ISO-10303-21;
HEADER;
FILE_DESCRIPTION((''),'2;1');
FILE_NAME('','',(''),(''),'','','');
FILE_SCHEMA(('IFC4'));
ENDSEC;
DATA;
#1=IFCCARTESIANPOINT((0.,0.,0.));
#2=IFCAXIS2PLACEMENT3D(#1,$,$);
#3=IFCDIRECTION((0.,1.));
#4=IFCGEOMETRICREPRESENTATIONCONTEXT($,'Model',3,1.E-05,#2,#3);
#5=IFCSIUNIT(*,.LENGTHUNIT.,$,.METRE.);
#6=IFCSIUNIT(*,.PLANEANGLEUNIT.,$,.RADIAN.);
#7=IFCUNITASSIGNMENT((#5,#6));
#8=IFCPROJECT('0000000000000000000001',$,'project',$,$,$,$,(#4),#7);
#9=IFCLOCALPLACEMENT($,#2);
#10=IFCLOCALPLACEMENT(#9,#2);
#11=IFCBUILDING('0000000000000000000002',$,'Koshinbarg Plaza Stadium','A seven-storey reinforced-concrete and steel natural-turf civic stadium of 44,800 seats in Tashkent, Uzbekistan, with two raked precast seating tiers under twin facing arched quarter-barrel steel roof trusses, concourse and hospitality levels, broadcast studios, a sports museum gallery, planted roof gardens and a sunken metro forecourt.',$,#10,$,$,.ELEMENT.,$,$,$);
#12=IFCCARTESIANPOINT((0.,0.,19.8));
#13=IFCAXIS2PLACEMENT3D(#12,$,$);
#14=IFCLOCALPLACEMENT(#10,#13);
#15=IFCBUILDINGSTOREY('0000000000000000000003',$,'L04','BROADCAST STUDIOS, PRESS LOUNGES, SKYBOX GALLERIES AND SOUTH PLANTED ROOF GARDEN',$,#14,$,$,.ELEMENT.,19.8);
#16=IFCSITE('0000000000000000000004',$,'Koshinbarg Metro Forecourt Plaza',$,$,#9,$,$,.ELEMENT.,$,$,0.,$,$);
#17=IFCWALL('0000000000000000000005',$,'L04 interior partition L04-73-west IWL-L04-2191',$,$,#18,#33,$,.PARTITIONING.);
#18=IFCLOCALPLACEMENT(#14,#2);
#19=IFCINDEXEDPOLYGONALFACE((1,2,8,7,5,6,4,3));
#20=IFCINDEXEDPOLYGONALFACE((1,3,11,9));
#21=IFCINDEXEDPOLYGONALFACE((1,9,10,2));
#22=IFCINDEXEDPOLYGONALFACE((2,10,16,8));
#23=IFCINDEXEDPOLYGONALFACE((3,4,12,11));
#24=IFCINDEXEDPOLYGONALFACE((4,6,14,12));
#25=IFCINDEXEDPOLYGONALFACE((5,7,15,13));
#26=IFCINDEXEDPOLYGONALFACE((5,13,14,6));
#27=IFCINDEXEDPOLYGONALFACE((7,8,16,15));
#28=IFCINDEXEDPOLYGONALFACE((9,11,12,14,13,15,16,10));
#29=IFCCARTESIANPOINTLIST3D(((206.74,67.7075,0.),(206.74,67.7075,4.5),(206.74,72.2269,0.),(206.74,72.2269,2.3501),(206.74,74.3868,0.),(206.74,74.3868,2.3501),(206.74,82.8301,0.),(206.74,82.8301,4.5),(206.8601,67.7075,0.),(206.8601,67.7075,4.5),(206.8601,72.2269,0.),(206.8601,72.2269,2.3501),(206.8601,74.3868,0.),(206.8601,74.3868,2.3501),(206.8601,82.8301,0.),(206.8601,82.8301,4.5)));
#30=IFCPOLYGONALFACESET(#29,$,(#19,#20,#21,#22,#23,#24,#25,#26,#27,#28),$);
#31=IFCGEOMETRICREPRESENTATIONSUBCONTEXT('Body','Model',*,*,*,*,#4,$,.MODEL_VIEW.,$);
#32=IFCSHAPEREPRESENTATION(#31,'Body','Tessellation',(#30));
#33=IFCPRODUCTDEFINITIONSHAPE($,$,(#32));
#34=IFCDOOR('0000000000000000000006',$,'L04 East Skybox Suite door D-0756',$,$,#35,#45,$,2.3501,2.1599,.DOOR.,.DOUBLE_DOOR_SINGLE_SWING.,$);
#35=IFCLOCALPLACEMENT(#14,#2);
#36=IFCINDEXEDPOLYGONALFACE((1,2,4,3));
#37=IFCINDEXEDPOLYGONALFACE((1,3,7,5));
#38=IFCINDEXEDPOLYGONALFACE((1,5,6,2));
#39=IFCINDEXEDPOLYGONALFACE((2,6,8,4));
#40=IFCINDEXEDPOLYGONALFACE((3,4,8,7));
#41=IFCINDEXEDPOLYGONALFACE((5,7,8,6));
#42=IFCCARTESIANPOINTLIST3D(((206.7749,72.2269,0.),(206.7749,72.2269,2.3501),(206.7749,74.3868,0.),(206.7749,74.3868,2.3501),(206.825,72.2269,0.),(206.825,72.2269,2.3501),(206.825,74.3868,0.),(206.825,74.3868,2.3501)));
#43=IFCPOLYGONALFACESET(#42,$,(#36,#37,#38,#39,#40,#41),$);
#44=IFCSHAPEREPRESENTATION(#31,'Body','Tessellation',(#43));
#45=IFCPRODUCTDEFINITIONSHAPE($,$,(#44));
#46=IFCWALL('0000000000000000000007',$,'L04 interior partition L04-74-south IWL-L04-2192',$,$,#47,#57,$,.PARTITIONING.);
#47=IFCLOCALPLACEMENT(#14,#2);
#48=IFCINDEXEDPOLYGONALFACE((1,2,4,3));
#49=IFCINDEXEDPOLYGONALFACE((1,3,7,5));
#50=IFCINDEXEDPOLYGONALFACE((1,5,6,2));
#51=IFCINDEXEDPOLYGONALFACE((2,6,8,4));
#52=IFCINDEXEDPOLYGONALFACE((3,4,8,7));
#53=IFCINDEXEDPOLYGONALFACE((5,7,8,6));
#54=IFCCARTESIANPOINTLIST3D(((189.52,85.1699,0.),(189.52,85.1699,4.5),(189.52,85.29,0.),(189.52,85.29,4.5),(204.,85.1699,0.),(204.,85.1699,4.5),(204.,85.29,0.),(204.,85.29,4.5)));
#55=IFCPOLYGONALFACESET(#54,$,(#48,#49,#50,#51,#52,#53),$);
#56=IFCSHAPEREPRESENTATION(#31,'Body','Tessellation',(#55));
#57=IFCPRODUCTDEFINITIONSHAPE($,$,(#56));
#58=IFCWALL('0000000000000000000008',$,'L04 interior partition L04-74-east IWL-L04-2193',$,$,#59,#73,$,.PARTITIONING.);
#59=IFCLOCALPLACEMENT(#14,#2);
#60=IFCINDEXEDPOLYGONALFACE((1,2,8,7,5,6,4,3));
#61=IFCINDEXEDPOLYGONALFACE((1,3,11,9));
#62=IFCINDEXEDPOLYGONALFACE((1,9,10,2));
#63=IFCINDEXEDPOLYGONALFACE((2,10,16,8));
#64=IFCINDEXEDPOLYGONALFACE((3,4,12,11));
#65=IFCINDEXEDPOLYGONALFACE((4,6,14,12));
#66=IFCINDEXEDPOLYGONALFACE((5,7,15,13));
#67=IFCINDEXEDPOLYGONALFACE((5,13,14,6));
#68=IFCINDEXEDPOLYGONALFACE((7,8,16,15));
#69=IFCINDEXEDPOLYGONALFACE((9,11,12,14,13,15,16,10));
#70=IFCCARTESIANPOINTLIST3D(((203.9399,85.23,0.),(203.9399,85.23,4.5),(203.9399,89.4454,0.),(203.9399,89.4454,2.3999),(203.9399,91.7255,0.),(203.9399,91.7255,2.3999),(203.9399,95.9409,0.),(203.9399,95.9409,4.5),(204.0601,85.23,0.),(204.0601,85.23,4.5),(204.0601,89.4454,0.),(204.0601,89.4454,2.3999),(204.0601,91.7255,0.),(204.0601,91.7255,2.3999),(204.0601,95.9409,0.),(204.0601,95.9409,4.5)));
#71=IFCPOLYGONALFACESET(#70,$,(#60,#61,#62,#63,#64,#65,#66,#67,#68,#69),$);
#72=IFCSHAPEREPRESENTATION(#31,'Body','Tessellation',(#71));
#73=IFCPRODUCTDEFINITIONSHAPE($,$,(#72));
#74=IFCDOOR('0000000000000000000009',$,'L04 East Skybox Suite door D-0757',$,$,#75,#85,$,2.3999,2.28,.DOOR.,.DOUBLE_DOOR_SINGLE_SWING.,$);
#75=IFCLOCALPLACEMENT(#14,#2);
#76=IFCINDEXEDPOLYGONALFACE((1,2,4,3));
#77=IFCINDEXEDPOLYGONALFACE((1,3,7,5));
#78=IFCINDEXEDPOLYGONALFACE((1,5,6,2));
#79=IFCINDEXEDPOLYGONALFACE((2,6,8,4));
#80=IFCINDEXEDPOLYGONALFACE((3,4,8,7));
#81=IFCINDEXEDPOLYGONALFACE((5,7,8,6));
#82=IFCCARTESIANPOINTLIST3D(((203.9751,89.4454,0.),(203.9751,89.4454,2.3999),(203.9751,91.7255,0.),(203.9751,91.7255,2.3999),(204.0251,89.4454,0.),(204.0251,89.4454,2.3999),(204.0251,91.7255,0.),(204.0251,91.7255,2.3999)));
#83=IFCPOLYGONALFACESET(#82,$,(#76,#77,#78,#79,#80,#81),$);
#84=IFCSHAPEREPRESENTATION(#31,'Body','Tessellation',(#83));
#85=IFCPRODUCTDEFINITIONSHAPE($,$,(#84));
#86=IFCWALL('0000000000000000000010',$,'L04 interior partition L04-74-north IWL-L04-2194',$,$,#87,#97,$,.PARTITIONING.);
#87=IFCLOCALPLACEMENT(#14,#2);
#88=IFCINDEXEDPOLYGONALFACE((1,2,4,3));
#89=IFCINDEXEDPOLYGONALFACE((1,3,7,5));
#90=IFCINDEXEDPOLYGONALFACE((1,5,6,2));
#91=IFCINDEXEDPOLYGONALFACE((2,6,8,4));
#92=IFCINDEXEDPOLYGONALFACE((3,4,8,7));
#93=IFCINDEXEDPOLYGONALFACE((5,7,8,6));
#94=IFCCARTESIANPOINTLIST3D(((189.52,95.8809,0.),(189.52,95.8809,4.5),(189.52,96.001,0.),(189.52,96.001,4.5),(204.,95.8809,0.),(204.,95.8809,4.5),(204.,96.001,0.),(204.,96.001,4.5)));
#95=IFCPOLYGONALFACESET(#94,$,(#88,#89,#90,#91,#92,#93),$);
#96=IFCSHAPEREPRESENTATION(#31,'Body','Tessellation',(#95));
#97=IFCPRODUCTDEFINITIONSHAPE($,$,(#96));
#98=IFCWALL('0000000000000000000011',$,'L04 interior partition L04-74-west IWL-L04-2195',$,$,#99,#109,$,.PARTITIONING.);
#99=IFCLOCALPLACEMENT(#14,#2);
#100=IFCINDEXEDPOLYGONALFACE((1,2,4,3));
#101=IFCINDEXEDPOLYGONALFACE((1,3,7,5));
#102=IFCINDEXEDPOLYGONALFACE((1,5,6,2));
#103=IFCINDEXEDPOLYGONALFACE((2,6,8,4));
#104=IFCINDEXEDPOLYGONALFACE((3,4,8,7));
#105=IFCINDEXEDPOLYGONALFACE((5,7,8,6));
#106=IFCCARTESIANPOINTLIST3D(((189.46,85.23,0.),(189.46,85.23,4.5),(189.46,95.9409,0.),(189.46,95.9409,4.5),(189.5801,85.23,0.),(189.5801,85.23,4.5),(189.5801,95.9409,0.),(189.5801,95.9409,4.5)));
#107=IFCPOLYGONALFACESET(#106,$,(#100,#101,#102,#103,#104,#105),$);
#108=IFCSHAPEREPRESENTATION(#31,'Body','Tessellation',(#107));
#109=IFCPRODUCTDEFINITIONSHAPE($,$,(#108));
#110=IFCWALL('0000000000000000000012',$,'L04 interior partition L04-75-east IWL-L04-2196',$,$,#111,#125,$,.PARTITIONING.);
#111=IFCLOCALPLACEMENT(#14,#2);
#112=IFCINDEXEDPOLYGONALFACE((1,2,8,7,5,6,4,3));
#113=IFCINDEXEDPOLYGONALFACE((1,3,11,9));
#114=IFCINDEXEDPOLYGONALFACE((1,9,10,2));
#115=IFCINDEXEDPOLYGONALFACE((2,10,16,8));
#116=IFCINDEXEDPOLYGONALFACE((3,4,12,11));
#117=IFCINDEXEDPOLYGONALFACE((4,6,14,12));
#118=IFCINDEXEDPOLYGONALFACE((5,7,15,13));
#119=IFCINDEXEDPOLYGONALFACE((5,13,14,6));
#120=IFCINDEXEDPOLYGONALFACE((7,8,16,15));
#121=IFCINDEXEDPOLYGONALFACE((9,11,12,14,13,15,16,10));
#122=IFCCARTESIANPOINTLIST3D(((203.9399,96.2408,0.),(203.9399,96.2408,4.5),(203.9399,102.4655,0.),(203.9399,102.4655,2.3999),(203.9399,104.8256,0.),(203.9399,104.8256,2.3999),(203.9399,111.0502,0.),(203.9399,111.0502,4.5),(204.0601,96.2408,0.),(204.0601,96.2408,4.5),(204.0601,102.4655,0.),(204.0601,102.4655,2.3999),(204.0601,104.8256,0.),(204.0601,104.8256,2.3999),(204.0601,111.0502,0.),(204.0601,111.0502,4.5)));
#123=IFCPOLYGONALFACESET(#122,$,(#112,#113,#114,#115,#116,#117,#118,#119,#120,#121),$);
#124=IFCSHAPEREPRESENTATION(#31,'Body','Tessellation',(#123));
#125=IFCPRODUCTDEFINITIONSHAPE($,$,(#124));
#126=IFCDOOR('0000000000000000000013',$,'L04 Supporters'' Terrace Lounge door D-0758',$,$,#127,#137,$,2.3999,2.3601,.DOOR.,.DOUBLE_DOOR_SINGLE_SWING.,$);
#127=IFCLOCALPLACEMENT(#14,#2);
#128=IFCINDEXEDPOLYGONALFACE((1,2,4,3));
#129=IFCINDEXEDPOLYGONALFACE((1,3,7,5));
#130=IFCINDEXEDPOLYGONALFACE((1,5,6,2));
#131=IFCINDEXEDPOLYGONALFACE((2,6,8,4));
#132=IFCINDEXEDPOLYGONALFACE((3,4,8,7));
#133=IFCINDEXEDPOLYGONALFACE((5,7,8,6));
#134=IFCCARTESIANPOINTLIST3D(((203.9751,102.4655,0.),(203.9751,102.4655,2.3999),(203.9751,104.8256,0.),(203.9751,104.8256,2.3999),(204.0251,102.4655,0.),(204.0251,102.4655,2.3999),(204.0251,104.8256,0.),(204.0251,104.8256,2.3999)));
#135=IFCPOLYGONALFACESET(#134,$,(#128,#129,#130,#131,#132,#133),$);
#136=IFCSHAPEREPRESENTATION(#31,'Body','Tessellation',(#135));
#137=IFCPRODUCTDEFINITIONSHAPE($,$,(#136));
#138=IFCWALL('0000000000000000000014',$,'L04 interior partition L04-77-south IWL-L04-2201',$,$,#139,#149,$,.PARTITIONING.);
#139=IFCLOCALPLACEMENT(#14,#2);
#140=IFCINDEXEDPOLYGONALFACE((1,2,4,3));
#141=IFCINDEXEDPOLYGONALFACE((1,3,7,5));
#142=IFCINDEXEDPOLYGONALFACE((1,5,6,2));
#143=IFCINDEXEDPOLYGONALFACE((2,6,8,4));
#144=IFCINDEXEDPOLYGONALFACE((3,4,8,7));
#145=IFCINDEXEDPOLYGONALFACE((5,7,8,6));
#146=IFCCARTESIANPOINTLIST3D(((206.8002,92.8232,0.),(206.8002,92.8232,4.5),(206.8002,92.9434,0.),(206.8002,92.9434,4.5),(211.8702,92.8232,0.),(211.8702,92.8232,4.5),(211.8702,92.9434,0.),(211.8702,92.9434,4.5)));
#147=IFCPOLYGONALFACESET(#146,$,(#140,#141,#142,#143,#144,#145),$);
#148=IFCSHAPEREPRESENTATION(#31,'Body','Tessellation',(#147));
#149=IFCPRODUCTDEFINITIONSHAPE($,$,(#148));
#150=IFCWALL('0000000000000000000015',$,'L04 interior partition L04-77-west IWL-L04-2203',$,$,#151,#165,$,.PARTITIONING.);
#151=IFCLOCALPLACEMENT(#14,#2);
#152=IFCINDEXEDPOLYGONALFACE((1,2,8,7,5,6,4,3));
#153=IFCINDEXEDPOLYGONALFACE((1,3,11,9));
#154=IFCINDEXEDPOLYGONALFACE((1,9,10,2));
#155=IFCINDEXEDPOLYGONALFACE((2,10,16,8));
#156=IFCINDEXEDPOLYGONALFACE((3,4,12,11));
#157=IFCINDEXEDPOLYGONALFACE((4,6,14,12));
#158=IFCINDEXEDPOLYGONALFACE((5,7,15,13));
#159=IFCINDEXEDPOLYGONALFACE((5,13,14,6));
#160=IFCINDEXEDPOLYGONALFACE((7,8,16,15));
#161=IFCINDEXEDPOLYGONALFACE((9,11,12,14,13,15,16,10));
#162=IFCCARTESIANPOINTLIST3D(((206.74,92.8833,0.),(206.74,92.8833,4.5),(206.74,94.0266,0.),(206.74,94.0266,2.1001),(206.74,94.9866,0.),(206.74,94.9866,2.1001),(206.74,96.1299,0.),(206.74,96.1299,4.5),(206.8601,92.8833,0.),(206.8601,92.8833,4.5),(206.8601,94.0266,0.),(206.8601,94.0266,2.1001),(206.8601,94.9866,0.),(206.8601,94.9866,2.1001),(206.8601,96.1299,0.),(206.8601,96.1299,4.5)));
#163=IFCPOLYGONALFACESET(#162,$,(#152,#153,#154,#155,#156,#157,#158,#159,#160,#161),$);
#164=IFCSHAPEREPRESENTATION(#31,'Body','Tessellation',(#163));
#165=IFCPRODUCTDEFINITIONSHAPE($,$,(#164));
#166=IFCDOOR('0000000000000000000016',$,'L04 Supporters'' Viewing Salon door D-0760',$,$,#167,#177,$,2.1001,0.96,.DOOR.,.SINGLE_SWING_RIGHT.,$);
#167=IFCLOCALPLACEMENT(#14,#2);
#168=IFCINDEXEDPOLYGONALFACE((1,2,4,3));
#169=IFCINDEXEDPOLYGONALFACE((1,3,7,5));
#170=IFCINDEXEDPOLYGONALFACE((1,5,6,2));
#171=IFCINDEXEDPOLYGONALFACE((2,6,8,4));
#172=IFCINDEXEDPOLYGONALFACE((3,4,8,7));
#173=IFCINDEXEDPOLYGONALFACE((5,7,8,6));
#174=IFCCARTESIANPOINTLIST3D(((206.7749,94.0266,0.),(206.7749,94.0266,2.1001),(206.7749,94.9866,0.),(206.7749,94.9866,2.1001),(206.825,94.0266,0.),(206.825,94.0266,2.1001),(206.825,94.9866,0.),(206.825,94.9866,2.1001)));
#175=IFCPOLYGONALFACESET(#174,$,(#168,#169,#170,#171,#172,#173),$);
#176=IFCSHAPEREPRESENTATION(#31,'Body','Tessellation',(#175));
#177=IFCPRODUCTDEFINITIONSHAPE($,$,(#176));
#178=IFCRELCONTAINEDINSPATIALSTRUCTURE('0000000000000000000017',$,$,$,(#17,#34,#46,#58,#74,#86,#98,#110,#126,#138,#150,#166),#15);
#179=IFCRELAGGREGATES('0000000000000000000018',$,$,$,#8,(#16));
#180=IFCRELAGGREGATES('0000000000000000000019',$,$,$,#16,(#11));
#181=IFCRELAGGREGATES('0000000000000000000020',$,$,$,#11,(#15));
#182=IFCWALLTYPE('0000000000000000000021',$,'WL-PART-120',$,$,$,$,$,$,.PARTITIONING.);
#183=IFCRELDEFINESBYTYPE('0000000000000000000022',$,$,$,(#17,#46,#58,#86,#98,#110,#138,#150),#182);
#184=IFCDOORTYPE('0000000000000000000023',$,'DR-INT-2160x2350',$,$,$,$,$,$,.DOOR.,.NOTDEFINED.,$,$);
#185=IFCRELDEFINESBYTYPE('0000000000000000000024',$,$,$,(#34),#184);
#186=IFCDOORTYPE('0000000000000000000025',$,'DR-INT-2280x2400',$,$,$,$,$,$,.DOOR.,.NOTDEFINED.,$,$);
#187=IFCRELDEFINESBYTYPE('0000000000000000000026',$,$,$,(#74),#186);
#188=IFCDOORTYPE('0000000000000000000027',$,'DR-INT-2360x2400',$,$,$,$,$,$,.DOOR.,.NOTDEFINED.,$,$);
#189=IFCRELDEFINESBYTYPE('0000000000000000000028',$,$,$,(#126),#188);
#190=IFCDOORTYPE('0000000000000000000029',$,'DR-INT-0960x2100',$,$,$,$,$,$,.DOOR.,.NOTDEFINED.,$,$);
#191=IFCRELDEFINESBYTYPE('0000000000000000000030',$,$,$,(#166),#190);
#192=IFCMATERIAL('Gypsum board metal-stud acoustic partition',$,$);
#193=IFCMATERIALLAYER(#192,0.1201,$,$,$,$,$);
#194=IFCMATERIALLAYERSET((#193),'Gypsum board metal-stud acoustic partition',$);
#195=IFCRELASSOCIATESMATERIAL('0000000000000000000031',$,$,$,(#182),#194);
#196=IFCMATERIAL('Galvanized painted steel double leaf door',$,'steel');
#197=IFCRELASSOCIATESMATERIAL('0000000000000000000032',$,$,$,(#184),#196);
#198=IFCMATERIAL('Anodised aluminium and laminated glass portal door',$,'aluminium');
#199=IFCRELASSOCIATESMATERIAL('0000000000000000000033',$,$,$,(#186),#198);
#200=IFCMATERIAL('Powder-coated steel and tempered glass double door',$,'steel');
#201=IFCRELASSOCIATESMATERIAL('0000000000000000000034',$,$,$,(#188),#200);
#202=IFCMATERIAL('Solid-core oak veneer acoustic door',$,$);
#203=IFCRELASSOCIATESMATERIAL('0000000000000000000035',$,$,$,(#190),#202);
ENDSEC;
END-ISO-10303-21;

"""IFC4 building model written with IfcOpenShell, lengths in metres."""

from ifc_helpers import new_model, si_unit, direction, frame, frame_2d, origin, place, context, subcontext, project, spatial, rectangle, extrude, material, layer, layer_set, type_object, element, fill, save


model = new_model("IFC4")

# Units and contexts
model_context = context("Model", 3, precision=1e-05, world=origin(), true_north=direction((0.0, 1.0)))
body_context = subcontext(model_context, "Body", "Model", "MODEL_VIEW")
ifc_project = project(units=[si_unit("LENGTHUNIT", "METRE"), si_unit("PLANEANGLEUNIT", "RADIAN")], contexts=[model_context])

# Site, building, storey
site_placement = place(None, origin())
site = spatial("IfcSite", under=ifc_project, at=site_placement, Name="Koshinbarg Metro Forecourt Plaza", CompositionType="ELEMENT", RefElevation=0.0)
building_placement = place(site_placement, origin())
building = spatial("IfcBuilding", under=site, at=building_placement, Name="Koshinbarg Plaza Stadium", Description="A seven-storey reinforced-concrete and steel natural-turf civic stadium of 44,800 seats in Tashkent, Uzbekistan, with two raked precast seating tiers under twin facing arched quarter-barrel steel roof trusses, concourse and hospitality levels, broadcast studios, a sports museum gallery, planted roof gardens and a sunken metro forecourt.", CompositionType="ELEMENT")
storey_placement = place(building_placement, frame((0.0, 0.0, 19.8)))
storey = spatial("IfcBuildingStorey", under=building, at=storey_placement, Name="L04", Description="BROADCAST STUDIOS, PRESS LOUNGES, SKYBOX GALLERIES AND SOUTH PLANTED ROOF GARDEN", CompositionType="ELEMENT", Elevation=19.8)

# Shared definitions
ifc_material_1 = material(Name="Gypsum board metal-stud acoustic partition")
ifc_layer = layer(ifc_material_1, 0.1201)
ifc_layer_set = layer_set([ifc_layer], Name="Gypsum board metal-stud acoustic partition")
wall_type = type_object("IfcWallType", Name="WL-PART-120", PredefinedType="PARTITIONING", material=ifc_layer_set)

# Wall, opening, door
wall_1_placement = place(storey_placement, frame((206.8, 82.8301, 0.0), z_axis=(0.0, 0.0, 1.0), x_axis=(0.0, -1.0, 0.0)))
wall_1 = element("IfcWall", 1, at=wall_1_placement, inside=storey, type_object=wall_type, Name="L04 interior partition L04-73-west IWL-L04-2191", PredefinedType="PARTITIONING", context=body_context, shape_type="SweptSolid", body=[
    extrude(rectangle(XDim=15.1226, YDim=0.1201, at=frame_2d((7.5613, 0.0))), origin(), (0.0, 0.0, 1.0), 4.5),
])
opening_1_placement = place(wall_1_placement, frame((8.4431, 0.0, 0.0)))
opening_1 = element("IfcOpeningElement", 2, at=opening_1_placement, cuts=wall_1, PredefinedType="OPENING", context=body_context, shape_type="SweptSolid", body=[
    extrude(rectangle(XDim=2.1599, YDim=2.3501, at=frame_2d((1.0801, 1.175))), frame((0.0, 0.0701, 0.0), z_axis=(0.0, -1.0, 0.0), x_axis=(1.0, 0.0, 0.0)), (0.0, 0.0, 1.0), 0.1401),
])
ifc_material_2 = material(Name="Galvanized painted steel double leaf door", Category="steel")
door_type_1 = type_object("IfcDoorType", Name="DR-INT-2160x2350", OperationType="NOTDEFINED", PredefinedType="DOOR", material=ifc_material_2)
door_1_placement = place(opening_1_placement, origin())
door_1 = element("IfcDoor", 3, at=door_1_placement, inside=storey, type_object=door_type_1, Name="L04 East Skybox Suite door D-0756", OperationType="DOUBLE_DOOR_SINGLE_SWING", OverallHeight=2.3501, OverallWidth=2.1599, PredefinedType="DOOR", context=body_context, shape_type="SweptSolid", body=[
    extrude(rectangle(XDim=2.1599, YDim=2.3501, at=frame_2d((1.0801, 1.175))), frame((0.0, 0.0249, 0.0), z_axis=(0.0, -1.0, 0.0), x_axis=(1.0, 0.0, 0.0)), (0.0, 0.0, 1.0), 0.05),
])
fill(opening_1, door_1)

# Wall
wall_2_placement = place(storey_placement, frame((189.52, 85.23, 0.0), z_axis=(0.0, 0.0, 1.0), x_axis=(1.0, 0.0, 0.0)))
element("IfcWall", 4, at=wall_2_placement, inside=storey, type_object=wall_type, Name="L04 interior partition L04-74-south IWL-L04-2192", PredefinedType="PARTITIONING", context=body_context, shape_type="SweptSolid", body=[
    extrude(rectangle(XDim=14.48, YDim=0.1201, at=frame_2d((7.24, 0.0))), origin(), (0.0, 0.0, 1.0), 4.5),
])

# Wall, opening, door
wall_3_placement = place(storey_placement, frame((204.0, 85.23, 0.0), z_axis=(0.0, 0.0, 1.0), x_axis=(0.0, 1.0, 0.0)))
wall_3 = element("IfcWall", 5, at=wall_3_placement, inside=storey, type_object=wall_type, Name="L04 interior partition L04-74-east IWL-L04-2193", PredefinedType="PARTITIONING", context=body_context, shape_type="SweptSolid", body=[
    extrude(rectangle(XDim=10.7109, YDim=0.1201, at=frame_2d((5.3555, 0.0))), origin(), (0.0, 0.0, 1.0), 4.5),
])
opening_2_placement = place(wall_3_placement, frame((4.2153, 0.0, 0.0)))
opening_2 = element("IfcOpeningElement", 6, at=opening_2_placement, cuts=wall_3, PredefinedType="OPENING", context=body_context, shape_type="SweptSolid", body=[
    extrude(rectangle(XDim=2.28, YDim=2.3999, at=frame_2d((1.1401, 1.2))), frame((0.0, 0.0701, 0.0), z_axis=(0.0, -1.0, 0.0), x_axis=(1.0, 0.0, 0.0)), (0.0, 0.0, 1.0), 0.1401),
])
ifc_material_3 = material(Name="Anodised aluminium and laminated glass portal door", Category="aluminium")
door_type_2 = type_object("IfcDoorType", Name="DR-INT-2280x2400", OperationType="NOTDEFINED", PredefinedType="DOOR", material=ifc_material_3)
door_2_placement = place(opening_2_placement, origin())
door_2 = element("IfcDoor", 7, at=door_2_placement, inside=storey, type_object=door_type_2, Name="L04 East Skybox Suite door D-0757", OperationType="DOUBLE_DOOR_SINGLE_SWING", OverallHeight=2.3999, OverallWidth=2.28, PredefinedType="DOOR", context=body_context, shape_type="SweptSolid", body=[
    extrude(rectangle(XDim=2.28, YDim=2.3999, at=frame_2d((1.1401, 1.2))), frame((0.0, 0.0249, 0.0), z_axis=(0.0, -1.0, 0.0), x_axis=(1.0, 0.0, 0.0)), (0.0, 0.0, 1.0), 0.05),
])
fill(opening_2, door_2)

# Walls
wall_4_placement = place(storey_placement, frame((204.0, 95.9409, 0.0), z_axis=(0.0, 0.0, 1.0), x_axis=(-1.0, 0.0, 0.0)))
element("IfcWall", 8, at=wall_4_placement, inside=storey, type_object=wall_type, Name="L04 interior partition L04-74-north IWL-L04-2194", PredefinedType="PARTITIONING", context=body_context, shape_type="SweptSolid", body=[
    extrude(rectangle(XDim=14.48, YDim=0.1201, at=frame_2d((7.24, 0.0))), origin(), (0.0, 0.0, 1.0), 4.5),
])
wall_5_placement = place(storey_placement, frame((189.52, 95.9409, 0.0), z_axis=(0.0, 0.0, 1.0), x_axis=(0.0, -1.0, 0.0)))
element("IfcWall", 9, at=wall_5_placement, inside=storey, type_object=wall_type, Name="L04 interior partition L04-74-west IWL-L04-2195", PredefinedType="PARTITIONING", context=body_context, shape_type="SweptSolid", body=[
    extrude(rectangle(XDim=10.7109, YDim=0.1201, at=frame_2d((5.3555, 0.0))), origin(), (0.0, 0.0, 1.0), 4.5),
])

# Wall, opening, door
wall_6_placement = place(storey_placement, frame((204.0, 96.2407, 0.0), z_axis=(0.0, 0.0, 1.0), x_axis=(0.0, 1.0, 0.0)))
wall_6 = element("IfcWall", 10, at=wall_6_placement, inside=storey, type_object=wall_type, Name="L04 interior partition L04-75-east IWL-L04-2196", PredefinedType="PARTITIONING", context=body_context, shape_type="SweptSolid", body=[
    extrude(rectangle(XDim=14.8093, YDim=0.1201, at=frame_2d((7.4048, 0.0))), origin(), (0.0, 0.0, 1.0), 4.5),
])
opening_3_placement = place(wall_6_placement, frame((6.2246, 0.0, 0.0)))
opening_3 = element("IfcOpeningElement", 11, at=opening_3_placement, cuts=wall_6, PredefinedType="OPENING", context=body_context, shape_type="SweptSolid", body=[
    extrude(rectangle(XDim=2.3601, YDim=2.3999, at=frame_2d((1.1802, 1.2))), frame((0.0, 0.0701, 0.0), z_axis=(0.0, -1.0, 0.0), x_axis=(1.0, 0.0, 0.0)), (0.0, 0.0, 1.0), 0.1401),
])
ifc_material_4 = material(Name="Powder-coated steel and tempered glass double door", Category="steel")
door_type_3 = type_object("IfcDoorType", Name="DR-INT-2360x2400", OperationType="NOTDEFINED", PredefinedType="DOOR", material=ifc_material_4)
door_3_placement = place(opening_3_placement, origin())
door_3 = element("IfcDoor", 12, at=door_3_placement, inside=storey, type_object=door_type_3, Name="L04 Supporters' Terrace Lounge door D-0758", OperationType="DOUBLE_DOOR_SINGLE_SWING", OverallHeight=2.3999, OverallWidth=2.3601, PredefinedType="DOOR", context=body_context, shape_type="SweptSolid", body=[
    extrude(rectangle(XDim=2.3601, YDim=2.3999, at=frame_2d((1.1802, 1.2))), frame((0.0, 0.0249, 0.0), z_axis=(0.0, -1.0, 0.0), x_axis=(1.0, 0.0, 0.0)), (0.0, 0.0, 1.0), 0.05),
])
fill(opening_3, door_3)

# Wall
wall_7_placement = place(storey_placement, frame((206.8, 92.8833, 0.0), z_axis=(0.0, 0.0, 1.0), x_axis=(1.0, 0.0, 0.0)))
element("IfcWall", 13, at=wall_7_placement, inside=storey, type_object=wall_type, Name="L04 interior partition L04-77-south IWL-L04-2201", PredefinedType="PARTITIONING", context=body_context, shape_type="SweptSolid", body=[
    extrude(rectangle(XDim=5.0701, YDim=0.1201, at=frame_2d((2.5352, 0.0))), origin(), (0.0, 0.0, 1.0), 4.5),
])

# Wall, opening, door
wall_8_placement = place(storey_placement, frame((206.8, 96.1299, 0.0), z_axis=(0.0, 0.0, 1.0), x_axis=(0.0, -1.0, 0.0)))
wall_8 = element("IfcWall", 14, at=wall_8_placement, inside=storey, type_object=wall_type, Name="L04 interior partition L04-77-west IWL-L04-2203", PredefinedType="PARTITIONING", context=body_context, shape_type="SweptSolid", body=[
    extrude(rectangle(XDim=3.2466, YDim=0.1201, at=frame_2d((1.6233, 0.0))), origin(), (0.0, 0.0, 1.0), 4.5),
])
opening_4_placement = place(wall_8_placement, frame((1.1433, 0.0, 0.0)))
opening_4 = element("IfcOpeningElement", 15, at=opening_4_placement, cuts=wall_8, PredefinedType="OPENING", context=body_context, shape_type="SweptSolid", body=[
    extrude(rectangle(XDim=0.96, YDim=2.1001, at=frame_2d((0.48, 1.05))), frame((0.0, 0.0701, 0.0), z_axis=(0.0, -1.0, 0.0), x_axis=(1.0, 0.0, 0.0)), (0.0, 0.0, 1.0), 0.1401),
])
ifc_material_5 = material(Name="Solid-core oak veneer acoustic door")
door_type_4 = type_object("IfcDoorType", Name="DR-INT-0960x2100", OperationType="NOTDEFINED", PredefinedType="DOOR", material=ifc_material_5)
door_4_placement = place(opening_4_placement, origin())
door_4 = element("IfcDoor", 16, at=door_4_placement, inside=storey, type_object=door_type_4, Name="L04 Supporters' Viewing Salon door D-0760", OperationType="SINGLE_SWING_RIGHT", OverallHeight=2.1001, OverallWidth=0.96, PredefinedType="DOOR", context=body_context, shape_type="SweptSolid", body=[
    extrude(rectangle(XDim=0.96, YDim=2.1001, at=frame_2d((0.48, 1.05))), frame((0.0, 0.0249, 0.0), z_axis=(0.0, -1.0, 0.0), x_axis=(1.0, 0.0, 0.0)), (0.0, 0.0, 1.0), 0.05),
])
fill(opening_4, door_4)

save(model, "model.ifc")
